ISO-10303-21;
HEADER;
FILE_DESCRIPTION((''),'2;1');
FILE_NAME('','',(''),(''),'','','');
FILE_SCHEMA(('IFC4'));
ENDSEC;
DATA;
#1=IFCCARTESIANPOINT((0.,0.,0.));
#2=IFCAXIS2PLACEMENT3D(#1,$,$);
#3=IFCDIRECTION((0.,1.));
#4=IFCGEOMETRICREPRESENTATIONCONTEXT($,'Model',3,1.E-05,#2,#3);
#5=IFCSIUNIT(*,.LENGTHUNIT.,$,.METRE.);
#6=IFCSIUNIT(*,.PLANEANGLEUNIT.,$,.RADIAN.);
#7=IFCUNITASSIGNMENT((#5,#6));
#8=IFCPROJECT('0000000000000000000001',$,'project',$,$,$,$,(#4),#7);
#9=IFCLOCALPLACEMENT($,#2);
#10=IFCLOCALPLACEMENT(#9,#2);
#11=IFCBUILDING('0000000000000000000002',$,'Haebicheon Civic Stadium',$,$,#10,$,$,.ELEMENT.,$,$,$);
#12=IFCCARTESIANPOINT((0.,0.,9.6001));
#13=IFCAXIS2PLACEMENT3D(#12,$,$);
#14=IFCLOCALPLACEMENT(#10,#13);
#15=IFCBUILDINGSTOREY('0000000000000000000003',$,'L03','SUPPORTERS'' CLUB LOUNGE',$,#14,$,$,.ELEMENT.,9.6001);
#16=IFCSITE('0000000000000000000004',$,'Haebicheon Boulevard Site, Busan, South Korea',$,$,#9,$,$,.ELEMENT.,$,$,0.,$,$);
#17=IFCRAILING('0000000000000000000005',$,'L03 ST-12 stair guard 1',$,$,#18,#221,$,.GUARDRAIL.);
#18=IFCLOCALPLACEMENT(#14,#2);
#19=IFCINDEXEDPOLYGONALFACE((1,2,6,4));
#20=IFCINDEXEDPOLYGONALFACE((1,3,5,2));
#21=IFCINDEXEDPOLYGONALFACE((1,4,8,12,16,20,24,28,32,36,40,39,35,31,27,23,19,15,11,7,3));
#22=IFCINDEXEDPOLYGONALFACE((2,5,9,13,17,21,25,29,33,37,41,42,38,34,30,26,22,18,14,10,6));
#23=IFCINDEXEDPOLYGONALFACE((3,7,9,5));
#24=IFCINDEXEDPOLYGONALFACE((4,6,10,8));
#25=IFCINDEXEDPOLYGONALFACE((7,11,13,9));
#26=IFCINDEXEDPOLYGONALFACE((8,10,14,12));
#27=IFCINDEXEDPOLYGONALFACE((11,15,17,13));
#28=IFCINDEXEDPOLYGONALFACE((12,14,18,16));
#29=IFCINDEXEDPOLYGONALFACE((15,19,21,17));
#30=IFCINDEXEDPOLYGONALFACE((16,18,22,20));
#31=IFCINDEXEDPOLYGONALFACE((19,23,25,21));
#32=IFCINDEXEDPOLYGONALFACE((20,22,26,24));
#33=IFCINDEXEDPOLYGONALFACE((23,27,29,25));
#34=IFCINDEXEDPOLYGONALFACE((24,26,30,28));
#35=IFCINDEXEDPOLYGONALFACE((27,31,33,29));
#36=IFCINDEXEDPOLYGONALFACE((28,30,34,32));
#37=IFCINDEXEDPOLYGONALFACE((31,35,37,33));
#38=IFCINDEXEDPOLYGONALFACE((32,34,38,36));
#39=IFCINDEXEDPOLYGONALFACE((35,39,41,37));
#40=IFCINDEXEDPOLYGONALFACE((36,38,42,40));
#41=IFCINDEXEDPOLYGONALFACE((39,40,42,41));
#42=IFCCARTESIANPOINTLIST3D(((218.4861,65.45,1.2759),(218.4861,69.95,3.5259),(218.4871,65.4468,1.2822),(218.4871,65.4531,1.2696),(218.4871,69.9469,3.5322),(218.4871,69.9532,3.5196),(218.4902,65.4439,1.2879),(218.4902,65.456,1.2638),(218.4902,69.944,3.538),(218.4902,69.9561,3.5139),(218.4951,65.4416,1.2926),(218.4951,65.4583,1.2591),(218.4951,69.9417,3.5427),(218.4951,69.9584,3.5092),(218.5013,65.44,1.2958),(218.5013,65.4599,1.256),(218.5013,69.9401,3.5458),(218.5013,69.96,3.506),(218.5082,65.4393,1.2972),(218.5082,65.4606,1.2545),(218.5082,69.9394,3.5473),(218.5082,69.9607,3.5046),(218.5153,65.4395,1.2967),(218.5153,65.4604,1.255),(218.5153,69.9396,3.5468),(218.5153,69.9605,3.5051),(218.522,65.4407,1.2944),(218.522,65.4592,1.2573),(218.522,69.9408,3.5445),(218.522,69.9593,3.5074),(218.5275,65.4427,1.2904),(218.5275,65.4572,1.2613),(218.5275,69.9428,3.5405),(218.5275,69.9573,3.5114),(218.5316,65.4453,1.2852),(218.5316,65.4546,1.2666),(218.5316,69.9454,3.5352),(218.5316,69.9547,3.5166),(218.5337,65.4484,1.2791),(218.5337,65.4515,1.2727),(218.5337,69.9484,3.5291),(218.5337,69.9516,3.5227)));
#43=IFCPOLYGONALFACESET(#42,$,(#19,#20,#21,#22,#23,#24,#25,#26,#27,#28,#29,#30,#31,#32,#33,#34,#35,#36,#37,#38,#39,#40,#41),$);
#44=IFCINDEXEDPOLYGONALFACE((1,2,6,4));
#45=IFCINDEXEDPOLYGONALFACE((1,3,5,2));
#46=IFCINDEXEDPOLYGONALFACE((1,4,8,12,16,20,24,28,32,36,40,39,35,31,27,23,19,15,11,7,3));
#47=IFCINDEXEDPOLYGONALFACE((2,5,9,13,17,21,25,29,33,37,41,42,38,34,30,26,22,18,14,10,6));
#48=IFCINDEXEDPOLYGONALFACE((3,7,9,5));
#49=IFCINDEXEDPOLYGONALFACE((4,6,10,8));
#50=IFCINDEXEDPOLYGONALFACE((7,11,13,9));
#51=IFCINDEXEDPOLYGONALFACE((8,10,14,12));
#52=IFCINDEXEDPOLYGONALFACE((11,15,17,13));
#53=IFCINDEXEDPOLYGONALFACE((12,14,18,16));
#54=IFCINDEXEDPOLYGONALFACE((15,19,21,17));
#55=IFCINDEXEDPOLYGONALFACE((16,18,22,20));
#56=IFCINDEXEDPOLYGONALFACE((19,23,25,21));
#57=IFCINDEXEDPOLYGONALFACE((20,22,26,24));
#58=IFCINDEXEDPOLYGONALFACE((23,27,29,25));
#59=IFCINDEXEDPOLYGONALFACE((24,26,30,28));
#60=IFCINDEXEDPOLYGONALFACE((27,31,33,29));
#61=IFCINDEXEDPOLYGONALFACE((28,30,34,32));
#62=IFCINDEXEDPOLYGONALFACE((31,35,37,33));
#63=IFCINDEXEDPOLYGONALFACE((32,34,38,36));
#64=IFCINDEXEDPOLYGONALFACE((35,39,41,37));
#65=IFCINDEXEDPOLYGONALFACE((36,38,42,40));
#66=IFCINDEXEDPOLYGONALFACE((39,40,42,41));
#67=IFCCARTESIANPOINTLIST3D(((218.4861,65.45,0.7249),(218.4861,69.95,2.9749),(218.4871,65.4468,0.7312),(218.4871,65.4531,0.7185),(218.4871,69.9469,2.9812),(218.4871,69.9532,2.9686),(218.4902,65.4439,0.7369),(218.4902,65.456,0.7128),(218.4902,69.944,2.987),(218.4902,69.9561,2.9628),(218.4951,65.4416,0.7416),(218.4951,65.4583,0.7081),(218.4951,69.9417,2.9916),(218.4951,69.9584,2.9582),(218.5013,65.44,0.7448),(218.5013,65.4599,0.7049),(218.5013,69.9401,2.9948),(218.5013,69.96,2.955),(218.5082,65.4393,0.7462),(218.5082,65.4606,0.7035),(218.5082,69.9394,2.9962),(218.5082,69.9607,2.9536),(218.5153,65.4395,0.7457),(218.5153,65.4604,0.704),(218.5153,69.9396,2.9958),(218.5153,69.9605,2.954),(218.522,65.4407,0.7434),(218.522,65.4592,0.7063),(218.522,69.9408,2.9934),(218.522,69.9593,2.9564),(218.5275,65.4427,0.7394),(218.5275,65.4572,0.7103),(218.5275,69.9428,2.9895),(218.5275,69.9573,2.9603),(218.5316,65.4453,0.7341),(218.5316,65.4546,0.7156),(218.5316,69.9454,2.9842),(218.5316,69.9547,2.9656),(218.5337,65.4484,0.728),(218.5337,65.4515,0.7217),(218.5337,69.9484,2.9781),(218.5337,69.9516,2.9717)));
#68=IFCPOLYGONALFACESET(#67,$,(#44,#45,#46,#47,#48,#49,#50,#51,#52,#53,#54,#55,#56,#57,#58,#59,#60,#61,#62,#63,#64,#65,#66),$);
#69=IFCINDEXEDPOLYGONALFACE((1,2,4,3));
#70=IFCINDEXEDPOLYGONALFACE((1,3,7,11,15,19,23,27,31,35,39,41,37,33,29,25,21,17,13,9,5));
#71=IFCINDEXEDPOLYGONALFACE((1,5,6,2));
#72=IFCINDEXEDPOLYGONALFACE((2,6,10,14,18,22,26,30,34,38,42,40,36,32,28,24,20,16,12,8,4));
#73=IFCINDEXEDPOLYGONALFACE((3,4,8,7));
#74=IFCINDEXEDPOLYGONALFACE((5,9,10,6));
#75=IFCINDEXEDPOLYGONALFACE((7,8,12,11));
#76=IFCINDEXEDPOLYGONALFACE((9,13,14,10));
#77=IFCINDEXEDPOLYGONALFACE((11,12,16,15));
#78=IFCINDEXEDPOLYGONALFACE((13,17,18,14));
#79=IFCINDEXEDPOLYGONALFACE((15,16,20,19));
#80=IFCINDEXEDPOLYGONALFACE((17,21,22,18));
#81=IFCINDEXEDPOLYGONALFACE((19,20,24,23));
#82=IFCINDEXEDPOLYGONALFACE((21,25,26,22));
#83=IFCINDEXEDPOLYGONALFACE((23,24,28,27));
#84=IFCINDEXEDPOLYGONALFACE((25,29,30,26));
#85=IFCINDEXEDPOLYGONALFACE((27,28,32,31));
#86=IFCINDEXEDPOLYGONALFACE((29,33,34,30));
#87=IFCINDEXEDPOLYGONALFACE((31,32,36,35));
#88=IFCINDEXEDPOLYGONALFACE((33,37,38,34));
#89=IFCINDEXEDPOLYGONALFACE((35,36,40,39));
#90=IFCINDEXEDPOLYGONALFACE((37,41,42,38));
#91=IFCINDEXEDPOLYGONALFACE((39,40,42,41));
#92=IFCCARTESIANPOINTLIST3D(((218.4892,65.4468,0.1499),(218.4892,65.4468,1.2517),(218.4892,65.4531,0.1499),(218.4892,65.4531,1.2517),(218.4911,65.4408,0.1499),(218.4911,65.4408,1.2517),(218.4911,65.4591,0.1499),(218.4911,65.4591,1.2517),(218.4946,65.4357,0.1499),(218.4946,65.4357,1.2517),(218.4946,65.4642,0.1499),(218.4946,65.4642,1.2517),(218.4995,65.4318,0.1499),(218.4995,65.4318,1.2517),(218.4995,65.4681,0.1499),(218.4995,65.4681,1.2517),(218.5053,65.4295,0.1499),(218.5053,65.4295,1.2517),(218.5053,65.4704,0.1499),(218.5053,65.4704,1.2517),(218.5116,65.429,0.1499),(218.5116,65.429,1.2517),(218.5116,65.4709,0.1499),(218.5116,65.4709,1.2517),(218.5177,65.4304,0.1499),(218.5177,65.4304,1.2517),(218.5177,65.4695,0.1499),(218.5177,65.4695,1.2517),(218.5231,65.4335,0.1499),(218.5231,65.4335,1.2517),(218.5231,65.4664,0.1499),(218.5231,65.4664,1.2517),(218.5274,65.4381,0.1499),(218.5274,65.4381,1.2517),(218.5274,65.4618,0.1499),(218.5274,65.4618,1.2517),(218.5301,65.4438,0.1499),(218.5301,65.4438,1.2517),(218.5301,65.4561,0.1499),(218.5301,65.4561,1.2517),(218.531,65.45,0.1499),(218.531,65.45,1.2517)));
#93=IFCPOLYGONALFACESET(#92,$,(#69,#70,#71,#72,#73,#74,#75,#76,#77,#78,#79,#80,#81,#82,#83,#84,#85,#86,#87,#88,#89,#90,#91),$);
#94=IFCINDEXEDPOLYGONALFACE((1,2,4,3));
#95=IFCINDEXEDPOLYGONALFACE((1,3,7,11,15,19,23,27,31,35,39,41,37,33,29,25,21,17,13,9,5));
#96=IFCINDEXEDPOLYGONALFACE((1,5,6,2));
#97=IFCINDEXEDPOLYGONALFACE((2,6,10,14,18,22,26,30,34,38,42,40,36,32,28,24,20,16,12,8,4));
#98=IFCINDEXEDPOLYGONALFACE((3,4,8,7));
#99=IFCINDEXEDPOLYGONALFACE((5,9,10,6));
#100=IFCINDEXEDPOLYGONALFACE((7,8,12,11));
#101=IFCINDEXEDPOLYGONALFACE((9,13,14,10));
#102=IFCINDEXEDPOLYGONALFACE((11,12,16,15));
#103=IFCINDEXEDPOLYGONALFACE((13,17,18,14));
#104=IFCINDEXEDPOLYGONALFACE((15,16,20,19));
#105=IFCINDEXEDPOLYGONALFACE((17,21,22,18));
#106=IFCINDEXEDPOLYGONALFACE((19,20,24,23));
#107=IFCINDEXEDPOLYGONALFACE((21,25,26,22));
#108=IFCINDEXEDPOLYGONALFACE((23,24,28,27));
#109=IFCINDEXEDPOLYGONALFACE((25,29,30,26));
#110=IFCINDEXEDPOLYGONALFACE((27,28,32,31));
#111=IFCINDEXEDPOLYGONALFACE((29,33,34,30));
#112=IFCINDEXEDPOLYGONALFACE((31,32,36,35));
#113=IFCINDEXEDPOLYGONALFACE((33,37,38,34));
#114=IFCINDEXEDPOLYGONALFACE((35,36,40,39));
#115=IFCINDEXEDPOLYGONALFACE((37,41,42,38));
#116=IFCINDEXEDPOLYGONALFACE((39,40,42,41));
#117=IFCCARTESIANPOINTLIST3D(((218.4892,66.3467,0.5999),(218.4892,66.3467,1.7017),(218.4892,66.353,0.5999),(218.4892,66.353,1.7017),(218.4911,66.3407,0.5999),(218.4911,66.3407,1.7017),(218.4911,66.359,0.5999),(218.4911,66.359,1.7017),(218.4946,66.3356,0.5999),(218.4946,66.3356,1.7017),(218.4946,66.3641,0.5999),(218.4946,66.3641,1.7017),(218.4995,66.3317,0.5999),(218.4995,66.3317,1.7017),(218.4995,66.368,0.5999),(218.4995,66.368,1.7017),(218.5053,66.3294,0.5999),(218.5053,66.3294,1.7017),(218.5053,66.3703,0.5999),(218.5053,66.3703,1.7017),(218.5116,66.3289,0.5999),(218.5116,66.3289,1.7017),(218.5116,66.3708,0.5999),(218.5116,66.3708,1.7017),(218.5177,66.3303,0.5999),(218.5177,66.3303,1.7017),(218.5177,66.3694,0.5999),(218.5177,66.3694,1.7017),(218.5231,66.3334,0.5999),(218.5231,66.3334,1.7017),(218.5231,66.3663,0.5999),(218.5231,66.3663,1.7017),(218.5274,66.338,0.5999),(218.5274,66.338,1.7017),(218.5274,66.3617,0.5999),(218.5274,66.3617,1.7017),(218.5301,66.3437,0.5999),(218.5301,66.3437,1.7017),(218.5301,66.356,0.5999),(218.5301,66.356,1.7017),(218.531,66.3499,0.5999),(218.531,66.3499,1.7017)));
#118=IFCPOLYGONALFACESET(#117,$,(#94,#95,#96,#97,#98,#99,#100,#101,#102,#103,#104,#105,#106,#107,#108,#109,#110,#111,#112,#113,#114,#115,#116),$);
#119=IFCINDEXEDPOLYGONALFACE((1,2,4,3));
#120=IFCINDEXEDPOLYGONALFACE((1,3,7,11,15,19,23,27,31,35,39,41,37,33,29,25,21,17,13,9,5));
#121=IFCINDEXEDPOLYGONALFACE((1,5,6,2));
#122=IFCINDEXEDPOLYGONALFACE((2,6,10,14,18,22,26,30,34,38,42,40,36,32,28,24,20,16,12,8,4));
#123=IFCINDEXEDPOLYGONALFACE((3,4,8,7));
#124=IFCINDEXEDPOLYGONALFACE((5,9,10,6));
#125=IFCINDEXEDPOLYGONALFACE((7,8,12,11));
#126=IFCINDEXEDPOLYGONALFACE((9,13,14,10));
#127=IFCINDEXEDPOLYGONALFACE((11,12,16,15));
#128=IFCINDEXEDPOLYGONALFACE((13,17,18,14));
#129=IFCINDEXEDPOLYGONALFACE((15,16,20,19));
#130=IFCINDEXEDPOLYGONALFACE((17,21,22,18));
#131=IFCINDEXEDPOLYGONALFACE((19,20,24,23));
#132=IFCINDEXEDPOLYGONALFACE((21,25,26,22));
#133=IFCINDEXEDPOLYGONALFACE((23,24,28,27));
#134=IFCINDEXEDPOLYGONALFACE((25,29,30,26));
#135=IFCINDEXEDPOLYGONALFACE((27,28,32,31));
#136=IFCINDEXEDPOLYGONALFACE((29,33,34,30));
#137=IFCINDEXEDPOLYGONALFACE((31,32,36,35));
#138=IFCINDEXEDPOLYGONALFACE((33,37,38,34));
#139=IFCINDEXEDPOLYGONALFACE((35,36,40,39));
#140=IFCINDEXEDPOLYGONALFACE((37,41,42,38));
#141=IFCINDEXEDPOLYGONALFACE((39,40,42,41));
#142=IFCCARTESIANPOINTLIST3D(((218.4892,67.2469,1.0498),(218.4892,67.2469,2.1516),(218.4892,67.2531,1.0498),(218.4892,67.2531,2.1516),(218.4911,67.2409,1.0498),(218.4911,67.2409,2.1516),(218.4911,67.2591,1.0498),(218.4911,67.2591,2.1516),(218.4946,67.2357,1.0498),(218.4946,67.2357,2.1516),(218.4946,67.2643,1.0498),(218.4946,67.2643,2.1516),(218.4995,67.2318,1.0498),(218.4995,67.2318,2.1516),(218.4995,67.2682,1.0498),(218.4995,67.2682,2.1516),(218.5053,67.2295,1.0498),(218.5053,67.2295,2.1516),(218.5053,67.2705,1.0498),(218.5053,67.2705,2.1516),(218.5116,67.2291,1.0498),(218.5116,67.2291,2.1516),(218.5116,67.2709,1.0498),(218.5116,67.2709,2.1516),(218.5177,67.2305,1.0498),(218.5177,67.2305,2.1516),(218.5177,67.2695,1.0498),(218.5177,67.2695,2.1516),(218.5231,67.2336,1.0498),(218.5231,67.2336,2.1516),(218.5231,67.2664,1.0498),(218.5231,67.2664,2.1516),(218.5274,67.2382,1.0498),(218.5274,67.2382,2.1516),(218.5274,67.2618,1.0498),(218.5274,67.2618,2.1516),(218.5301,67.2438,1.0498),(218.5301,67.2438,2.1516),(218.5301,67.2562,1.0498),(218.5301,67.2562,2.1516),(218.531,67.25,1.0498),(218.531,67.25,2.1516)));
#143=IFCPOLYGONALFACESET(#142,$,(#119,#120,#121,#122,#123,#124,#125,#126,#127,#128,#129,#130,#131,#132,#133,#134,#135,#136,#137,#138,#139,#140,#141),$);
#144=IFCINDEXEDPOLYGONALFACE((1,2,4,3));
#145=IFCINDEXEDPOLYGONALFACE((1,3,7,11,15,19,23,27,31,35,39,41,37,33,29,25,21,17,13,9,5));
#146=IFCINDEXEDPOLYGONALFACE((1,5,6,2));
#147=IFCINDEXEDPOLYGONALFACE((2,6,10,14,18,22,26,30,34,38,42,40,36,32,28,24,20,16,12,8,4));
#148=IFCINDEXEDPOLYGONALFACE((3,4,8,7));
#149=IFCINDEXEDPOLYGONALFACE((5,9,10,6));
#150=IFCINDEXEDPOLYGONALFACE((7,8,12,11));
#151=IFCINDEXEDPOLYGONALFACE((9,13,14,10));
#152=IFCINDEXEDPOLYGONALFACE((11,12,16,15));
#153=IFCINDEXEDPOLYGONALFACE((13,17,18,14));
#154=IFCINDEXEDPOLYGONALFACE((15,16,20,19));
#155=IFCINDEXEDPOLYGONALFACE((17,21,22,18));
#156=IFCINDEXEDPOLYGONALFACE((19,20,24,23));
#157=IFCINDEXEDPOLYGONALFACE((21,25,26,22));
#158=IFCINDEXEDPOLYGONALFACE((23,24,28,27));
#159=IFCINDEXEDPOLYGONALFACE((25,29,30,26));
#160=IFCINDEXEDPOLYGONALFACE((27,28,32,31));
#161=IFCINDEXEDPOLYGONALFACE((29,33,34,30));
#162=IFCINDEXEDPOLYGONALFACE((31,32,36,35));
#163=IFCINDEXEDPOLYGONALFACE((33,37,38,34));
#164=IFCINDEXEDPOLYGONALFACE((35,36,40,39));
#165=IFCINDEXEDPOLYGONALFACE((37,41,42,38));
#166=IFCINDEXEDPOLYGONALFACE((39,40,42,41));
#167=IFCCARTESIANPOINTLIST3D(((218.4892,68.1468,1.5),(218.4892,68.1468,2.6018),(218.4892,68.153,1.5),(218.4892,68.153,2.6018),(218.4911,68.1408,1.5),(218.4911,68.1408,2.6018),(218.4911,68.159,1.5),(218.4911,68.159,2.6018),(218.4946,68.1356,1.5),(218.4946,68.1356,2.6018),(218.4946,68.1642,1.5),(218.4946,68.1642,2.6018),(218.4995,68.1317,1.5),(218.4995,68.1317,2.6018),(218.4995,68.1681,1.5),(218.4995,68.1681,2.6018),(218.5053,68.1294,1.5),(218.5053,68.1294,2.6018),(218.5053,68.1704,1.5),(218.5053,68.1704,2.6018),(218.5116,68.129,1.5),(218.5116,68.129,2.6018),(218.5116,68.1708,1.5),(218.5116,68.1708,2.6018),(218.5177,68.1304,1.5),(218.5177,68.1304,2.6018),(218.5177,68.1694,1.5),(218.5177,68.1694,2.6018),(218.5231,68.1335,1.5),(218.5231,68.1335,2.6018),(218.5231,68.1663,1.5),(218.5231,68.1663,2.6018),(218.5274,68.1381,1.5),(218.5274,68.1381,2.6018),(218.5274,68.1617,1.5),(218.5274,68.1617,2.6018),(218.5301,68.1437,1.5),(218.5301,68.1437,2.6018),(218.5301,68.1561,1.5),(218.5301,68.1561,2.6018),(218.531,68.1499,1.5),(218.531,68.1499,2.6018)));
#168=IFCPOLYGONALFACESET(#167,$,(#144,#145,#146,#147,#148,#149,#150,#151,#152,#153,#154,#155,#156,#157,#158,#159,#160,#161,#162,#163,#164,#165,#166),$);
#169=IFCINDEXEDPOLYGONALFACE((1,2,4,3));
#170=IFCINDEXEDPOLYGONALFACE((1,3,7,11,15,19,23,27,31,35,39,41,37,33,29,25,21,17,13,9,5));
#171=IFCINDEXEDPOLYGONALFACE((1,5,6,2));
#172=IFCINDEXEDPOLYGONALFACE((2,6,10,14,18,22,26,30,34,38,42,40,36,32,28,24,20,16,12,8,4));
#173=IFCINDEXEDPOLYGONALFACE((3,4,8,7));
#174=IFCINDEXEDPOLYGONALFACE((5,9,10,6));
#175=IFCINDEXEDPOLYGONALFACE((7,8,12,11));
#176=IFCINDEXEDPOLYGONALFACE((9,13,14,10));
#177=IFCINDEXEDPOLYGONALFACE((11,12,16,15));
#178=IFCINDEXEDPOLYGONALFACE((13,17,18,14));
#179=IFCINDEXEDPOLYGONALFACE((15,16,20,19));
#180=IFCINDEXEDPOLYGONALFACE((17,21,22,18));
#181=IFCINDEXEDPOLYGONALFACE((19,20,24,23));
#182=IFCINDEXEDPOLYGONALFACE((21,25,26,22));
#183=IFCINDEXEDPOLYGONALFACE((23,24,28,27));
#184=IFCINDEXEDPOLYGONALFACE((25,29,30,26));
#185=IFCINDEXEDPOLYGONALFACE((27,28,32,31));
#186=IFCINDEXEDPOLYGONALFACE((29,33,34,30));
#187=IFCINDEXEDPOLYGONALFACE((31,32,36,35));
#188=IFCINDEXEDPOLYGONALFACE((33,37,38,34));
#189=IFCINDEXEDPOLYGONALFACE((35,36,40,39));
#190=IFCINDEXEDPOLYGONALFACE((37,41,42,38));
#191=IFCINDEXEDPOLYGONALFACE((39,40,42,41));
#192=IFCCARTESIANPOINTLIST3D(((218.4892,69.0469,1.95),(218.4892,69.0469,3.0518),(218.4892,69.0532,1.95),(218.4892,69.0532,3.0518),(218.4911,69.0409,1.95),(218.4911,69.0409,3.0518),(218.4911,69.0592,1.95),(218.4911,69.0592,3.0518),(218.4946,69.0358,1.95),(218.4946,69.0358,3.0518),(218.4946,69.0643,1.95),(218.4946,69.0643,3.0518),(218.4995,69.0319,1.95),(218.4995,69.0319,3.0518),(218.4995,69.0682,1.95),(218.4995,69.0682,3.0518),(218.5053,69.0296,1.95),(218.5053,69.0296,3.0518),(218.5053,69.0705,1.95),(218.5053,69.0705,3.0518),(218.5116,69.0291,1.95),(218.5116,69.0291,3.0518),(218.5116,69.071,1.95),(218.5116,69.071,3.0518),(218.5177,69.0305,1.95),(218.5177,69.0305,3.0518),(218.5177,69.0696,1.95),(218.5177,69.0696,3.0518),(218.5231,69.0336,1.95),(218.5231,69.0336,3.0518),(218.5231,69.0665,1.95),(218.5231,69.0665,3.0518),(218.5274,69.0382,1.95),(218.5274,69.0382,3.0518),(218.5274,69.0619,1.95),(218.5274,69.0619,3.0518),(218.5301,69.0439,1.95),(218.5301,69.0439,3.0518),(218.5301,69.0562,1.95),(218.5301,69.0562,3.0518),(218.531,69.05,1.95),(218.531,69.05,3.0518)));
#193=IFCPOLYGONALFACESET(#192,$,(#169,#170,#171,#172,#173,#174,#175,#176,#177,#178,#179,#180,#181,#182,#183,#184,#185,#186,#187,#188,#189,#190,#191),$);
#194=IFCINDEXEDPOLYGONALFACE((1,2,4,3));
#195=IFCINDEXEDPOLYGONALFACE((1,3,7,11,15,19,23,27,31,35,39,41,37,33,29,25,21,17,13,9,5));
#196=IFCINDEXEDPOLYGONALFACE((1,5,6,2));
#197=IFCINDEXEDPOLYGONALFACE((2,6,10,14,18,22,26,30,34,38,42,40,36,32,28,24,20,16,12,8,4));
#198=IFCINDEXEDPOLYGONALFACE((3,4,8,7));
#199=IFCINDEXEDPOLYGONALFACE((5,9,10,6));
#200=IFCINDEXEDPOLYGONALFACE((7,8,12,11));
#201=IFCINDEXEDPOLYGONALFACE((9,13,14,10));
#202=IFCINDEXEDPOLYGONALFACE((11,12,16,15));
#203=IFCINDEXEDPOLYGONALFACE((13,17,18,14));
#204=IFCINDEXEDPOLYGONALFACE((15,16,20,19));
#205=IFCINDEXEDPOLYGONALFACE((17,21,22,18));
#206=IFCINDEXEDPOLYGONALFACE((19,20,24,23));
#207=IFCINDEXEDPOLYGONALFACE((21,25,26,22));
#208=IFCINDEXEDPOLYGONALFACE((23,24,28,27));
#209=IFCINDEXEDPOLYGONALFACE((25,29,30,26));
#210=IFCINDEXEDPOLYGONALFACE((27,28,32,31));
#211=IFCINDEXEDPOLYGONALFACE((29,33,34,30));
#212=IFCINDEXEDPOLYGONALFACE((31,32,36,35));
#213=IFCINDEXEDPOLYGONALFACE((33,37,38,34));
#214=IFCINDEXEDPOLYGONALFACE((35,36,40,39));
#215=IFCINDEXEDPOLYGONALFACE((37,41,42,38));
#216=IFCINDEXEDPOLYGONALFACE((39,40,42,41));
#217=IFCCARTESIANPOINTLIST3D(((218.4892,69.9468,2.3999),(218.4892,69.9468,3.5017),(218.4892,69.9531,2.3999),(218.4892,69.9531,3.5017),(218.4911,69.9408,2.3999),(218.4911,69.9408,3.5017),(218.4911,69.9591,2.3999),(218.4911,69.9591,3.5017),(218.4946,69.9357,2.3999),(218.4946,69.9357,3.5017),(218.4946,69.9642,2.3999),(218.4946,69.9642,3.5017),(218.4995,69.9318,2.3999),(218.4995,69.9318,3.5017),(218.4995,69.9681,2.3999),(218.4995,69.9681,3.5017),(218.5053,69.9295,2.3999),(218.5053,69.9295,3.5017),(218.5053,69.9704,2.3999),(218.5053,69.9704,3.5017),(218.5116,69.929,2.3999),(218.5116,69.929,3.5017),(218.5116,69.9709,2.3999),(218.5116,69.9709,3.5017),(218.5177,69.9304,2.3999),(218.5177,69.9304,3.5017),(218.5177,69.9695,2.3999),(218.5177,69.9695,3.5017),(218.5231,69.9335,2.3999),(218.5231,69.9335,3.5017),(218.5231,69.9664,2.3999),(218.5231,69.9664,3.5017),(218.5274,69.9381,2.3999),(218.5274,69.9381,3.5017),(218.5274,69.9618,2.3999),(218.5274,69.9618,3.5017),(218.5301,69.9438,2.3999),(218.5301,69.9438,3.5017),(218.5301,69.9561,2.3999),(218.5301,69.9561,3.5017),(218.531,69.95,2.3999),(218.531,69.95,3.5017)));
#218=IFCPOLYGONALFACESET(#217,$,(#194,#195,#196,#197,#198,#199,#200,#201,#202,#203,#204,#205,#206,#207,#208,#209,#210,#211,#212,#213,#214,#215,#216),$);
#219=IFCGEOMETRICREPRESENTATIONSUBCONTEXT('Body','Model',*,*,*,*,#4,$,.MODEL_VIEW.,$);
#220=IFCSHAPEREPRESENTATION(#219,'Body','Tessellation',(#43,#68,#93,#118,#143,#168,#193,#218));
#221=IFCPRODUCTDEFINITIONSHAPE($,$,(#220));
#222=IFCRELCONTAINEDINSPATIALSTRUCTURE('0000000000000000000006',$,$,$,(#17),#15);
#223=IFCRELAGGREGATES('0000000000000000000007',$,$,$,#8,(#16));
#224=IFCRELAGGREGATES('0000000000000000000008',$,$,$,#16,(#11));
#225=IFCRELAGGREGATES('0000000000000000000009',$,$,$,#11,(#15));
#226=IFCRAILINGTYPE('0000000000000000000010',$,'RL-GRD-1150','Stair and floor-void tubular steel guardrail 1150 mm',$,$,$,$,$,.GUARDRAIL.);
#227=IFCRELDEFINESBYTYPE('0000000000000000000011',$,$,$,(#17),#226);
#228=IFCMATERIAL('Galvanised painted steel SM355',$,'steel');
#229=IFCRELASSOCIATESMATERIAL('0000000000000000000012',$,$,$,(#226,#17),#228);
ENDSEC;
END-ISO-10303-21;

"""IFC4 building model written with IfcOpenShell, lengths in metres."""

from ifc_helpers import new_model, si_unit, direction, frame, origin, origin_2d, place, context, subcontext, project, spatial, circle, extrude, material, type_object, element, save


model = new_model("IFC4")

# Units and contexts
model_context = context("Model", 3, precision=1e-05, world=origin(), true_north=direction((0.0, 1.0)))
body_context = subcontext(model_context, "Body", "Model", "MODEL_VIEW")
ifc_project = project(units=[si_unit("LENGTHUNIT", "METRE"), si_unit("PLANEANGLEUNIT", "RADIAN")], contexts=[model_context])

# Site, building, storey
site_placement = place(None, origin())
site = spatial("IfcSite", under=ifc_project, at=site_placement, Name="Haebicheon Boulevard Site, Busan, South Korea", CompositionType="ELEMENT", RefElevation=0.0)
building_placement = place(site_placement, origin())
building = spatial("IfcBuilding", under=site, at=building_placement, Name="Haebicheon Civic Stadium", CompositionType="ELEMENT")
storey_placement = place(building_placement, frame((0.0, 0.0, 9.6001)))
storey = spatial("IfcBuildingStorey", under=building, at=storey_placement, Name="L03", Description="SUPPORTERS' CLUB LOUNGE", CompositionType="ELEMENT", Elevation=9.6001)

# Railing
ifc_material_1 = material(Name="Galvanised painted steel SM355", Category="steel")
railing_type = type_object("IfcRailingType", Name="RL-GRD-1150", Description="Stair and floor-void tubular steel guardrail 1150 mm", PredefinedType="GUARDRAIL", material=ifc_material_1)
railing_1_placement = place(storey_placement, frame((218.51, 65.45, 0.1499)))
element("IfcRailing", 1, at=railing_1_placement, inside=storey, type_object=railing_type, material=ifc_material_1, Name="L03 ST-12 stair guard 1", PredefinedType="GUARDRAIL", context=body_context, shape_type="SweptSolid", body=[
    extrude(circle(Radius=0.0239, at=origin_2d()), frame((0.0, 0.0, 1.126), z_axis=(0.0, 0.894427, 0.447214), x_axis=(-1.0, 0.0, 0.0)), (0.0, 0.0, 1.0), 5.0312),
    extrude(circle(Radius=0.0239, at=origin_2d()), frame((0.0, 0.0, 0.575), z_axis=(0.0, 0.894427, 0.447214), x_axis=(-1.0, 0.0, 0.0)), (0.0, 0.0, 1.0), 5.0312),
    extrude(circle(Radius=0.021, at=origin_2d()), origin(), (0.0, 0.0, 1.0), 1.1018),
    extrude(circle(Radius=0.021, at=origin_2d()), frame((0.0, 0.8999, 0.45)), (0.0, 0.0, 1.0), 1.1018),
    extrude(circle(Radius=0.021, at=origin_2d()), frame((0.0, 1.8, 0.8999)), (0.0, 0.0, 1.0), 1.1018),
    extrude(circle(Radius=0.021, at=origin_2d()), frame((0.0, 2.7, 1.3501)), (0.0, 0.0, 1.0), 1.1018),
    extrude(circle(Radius=0.021, at=origin_2d()), frame((0.0, 3.6001, 1.8)), (0.0, 0.0, 1.0), 1.1018),
    extrude(circle(Radius=0.021, at=origin_2d()), frame((0.0, 4.5, 2.25)), (0.0, 0.0, 1.0), 1.1018),
])

save(model, "model.ifc")
